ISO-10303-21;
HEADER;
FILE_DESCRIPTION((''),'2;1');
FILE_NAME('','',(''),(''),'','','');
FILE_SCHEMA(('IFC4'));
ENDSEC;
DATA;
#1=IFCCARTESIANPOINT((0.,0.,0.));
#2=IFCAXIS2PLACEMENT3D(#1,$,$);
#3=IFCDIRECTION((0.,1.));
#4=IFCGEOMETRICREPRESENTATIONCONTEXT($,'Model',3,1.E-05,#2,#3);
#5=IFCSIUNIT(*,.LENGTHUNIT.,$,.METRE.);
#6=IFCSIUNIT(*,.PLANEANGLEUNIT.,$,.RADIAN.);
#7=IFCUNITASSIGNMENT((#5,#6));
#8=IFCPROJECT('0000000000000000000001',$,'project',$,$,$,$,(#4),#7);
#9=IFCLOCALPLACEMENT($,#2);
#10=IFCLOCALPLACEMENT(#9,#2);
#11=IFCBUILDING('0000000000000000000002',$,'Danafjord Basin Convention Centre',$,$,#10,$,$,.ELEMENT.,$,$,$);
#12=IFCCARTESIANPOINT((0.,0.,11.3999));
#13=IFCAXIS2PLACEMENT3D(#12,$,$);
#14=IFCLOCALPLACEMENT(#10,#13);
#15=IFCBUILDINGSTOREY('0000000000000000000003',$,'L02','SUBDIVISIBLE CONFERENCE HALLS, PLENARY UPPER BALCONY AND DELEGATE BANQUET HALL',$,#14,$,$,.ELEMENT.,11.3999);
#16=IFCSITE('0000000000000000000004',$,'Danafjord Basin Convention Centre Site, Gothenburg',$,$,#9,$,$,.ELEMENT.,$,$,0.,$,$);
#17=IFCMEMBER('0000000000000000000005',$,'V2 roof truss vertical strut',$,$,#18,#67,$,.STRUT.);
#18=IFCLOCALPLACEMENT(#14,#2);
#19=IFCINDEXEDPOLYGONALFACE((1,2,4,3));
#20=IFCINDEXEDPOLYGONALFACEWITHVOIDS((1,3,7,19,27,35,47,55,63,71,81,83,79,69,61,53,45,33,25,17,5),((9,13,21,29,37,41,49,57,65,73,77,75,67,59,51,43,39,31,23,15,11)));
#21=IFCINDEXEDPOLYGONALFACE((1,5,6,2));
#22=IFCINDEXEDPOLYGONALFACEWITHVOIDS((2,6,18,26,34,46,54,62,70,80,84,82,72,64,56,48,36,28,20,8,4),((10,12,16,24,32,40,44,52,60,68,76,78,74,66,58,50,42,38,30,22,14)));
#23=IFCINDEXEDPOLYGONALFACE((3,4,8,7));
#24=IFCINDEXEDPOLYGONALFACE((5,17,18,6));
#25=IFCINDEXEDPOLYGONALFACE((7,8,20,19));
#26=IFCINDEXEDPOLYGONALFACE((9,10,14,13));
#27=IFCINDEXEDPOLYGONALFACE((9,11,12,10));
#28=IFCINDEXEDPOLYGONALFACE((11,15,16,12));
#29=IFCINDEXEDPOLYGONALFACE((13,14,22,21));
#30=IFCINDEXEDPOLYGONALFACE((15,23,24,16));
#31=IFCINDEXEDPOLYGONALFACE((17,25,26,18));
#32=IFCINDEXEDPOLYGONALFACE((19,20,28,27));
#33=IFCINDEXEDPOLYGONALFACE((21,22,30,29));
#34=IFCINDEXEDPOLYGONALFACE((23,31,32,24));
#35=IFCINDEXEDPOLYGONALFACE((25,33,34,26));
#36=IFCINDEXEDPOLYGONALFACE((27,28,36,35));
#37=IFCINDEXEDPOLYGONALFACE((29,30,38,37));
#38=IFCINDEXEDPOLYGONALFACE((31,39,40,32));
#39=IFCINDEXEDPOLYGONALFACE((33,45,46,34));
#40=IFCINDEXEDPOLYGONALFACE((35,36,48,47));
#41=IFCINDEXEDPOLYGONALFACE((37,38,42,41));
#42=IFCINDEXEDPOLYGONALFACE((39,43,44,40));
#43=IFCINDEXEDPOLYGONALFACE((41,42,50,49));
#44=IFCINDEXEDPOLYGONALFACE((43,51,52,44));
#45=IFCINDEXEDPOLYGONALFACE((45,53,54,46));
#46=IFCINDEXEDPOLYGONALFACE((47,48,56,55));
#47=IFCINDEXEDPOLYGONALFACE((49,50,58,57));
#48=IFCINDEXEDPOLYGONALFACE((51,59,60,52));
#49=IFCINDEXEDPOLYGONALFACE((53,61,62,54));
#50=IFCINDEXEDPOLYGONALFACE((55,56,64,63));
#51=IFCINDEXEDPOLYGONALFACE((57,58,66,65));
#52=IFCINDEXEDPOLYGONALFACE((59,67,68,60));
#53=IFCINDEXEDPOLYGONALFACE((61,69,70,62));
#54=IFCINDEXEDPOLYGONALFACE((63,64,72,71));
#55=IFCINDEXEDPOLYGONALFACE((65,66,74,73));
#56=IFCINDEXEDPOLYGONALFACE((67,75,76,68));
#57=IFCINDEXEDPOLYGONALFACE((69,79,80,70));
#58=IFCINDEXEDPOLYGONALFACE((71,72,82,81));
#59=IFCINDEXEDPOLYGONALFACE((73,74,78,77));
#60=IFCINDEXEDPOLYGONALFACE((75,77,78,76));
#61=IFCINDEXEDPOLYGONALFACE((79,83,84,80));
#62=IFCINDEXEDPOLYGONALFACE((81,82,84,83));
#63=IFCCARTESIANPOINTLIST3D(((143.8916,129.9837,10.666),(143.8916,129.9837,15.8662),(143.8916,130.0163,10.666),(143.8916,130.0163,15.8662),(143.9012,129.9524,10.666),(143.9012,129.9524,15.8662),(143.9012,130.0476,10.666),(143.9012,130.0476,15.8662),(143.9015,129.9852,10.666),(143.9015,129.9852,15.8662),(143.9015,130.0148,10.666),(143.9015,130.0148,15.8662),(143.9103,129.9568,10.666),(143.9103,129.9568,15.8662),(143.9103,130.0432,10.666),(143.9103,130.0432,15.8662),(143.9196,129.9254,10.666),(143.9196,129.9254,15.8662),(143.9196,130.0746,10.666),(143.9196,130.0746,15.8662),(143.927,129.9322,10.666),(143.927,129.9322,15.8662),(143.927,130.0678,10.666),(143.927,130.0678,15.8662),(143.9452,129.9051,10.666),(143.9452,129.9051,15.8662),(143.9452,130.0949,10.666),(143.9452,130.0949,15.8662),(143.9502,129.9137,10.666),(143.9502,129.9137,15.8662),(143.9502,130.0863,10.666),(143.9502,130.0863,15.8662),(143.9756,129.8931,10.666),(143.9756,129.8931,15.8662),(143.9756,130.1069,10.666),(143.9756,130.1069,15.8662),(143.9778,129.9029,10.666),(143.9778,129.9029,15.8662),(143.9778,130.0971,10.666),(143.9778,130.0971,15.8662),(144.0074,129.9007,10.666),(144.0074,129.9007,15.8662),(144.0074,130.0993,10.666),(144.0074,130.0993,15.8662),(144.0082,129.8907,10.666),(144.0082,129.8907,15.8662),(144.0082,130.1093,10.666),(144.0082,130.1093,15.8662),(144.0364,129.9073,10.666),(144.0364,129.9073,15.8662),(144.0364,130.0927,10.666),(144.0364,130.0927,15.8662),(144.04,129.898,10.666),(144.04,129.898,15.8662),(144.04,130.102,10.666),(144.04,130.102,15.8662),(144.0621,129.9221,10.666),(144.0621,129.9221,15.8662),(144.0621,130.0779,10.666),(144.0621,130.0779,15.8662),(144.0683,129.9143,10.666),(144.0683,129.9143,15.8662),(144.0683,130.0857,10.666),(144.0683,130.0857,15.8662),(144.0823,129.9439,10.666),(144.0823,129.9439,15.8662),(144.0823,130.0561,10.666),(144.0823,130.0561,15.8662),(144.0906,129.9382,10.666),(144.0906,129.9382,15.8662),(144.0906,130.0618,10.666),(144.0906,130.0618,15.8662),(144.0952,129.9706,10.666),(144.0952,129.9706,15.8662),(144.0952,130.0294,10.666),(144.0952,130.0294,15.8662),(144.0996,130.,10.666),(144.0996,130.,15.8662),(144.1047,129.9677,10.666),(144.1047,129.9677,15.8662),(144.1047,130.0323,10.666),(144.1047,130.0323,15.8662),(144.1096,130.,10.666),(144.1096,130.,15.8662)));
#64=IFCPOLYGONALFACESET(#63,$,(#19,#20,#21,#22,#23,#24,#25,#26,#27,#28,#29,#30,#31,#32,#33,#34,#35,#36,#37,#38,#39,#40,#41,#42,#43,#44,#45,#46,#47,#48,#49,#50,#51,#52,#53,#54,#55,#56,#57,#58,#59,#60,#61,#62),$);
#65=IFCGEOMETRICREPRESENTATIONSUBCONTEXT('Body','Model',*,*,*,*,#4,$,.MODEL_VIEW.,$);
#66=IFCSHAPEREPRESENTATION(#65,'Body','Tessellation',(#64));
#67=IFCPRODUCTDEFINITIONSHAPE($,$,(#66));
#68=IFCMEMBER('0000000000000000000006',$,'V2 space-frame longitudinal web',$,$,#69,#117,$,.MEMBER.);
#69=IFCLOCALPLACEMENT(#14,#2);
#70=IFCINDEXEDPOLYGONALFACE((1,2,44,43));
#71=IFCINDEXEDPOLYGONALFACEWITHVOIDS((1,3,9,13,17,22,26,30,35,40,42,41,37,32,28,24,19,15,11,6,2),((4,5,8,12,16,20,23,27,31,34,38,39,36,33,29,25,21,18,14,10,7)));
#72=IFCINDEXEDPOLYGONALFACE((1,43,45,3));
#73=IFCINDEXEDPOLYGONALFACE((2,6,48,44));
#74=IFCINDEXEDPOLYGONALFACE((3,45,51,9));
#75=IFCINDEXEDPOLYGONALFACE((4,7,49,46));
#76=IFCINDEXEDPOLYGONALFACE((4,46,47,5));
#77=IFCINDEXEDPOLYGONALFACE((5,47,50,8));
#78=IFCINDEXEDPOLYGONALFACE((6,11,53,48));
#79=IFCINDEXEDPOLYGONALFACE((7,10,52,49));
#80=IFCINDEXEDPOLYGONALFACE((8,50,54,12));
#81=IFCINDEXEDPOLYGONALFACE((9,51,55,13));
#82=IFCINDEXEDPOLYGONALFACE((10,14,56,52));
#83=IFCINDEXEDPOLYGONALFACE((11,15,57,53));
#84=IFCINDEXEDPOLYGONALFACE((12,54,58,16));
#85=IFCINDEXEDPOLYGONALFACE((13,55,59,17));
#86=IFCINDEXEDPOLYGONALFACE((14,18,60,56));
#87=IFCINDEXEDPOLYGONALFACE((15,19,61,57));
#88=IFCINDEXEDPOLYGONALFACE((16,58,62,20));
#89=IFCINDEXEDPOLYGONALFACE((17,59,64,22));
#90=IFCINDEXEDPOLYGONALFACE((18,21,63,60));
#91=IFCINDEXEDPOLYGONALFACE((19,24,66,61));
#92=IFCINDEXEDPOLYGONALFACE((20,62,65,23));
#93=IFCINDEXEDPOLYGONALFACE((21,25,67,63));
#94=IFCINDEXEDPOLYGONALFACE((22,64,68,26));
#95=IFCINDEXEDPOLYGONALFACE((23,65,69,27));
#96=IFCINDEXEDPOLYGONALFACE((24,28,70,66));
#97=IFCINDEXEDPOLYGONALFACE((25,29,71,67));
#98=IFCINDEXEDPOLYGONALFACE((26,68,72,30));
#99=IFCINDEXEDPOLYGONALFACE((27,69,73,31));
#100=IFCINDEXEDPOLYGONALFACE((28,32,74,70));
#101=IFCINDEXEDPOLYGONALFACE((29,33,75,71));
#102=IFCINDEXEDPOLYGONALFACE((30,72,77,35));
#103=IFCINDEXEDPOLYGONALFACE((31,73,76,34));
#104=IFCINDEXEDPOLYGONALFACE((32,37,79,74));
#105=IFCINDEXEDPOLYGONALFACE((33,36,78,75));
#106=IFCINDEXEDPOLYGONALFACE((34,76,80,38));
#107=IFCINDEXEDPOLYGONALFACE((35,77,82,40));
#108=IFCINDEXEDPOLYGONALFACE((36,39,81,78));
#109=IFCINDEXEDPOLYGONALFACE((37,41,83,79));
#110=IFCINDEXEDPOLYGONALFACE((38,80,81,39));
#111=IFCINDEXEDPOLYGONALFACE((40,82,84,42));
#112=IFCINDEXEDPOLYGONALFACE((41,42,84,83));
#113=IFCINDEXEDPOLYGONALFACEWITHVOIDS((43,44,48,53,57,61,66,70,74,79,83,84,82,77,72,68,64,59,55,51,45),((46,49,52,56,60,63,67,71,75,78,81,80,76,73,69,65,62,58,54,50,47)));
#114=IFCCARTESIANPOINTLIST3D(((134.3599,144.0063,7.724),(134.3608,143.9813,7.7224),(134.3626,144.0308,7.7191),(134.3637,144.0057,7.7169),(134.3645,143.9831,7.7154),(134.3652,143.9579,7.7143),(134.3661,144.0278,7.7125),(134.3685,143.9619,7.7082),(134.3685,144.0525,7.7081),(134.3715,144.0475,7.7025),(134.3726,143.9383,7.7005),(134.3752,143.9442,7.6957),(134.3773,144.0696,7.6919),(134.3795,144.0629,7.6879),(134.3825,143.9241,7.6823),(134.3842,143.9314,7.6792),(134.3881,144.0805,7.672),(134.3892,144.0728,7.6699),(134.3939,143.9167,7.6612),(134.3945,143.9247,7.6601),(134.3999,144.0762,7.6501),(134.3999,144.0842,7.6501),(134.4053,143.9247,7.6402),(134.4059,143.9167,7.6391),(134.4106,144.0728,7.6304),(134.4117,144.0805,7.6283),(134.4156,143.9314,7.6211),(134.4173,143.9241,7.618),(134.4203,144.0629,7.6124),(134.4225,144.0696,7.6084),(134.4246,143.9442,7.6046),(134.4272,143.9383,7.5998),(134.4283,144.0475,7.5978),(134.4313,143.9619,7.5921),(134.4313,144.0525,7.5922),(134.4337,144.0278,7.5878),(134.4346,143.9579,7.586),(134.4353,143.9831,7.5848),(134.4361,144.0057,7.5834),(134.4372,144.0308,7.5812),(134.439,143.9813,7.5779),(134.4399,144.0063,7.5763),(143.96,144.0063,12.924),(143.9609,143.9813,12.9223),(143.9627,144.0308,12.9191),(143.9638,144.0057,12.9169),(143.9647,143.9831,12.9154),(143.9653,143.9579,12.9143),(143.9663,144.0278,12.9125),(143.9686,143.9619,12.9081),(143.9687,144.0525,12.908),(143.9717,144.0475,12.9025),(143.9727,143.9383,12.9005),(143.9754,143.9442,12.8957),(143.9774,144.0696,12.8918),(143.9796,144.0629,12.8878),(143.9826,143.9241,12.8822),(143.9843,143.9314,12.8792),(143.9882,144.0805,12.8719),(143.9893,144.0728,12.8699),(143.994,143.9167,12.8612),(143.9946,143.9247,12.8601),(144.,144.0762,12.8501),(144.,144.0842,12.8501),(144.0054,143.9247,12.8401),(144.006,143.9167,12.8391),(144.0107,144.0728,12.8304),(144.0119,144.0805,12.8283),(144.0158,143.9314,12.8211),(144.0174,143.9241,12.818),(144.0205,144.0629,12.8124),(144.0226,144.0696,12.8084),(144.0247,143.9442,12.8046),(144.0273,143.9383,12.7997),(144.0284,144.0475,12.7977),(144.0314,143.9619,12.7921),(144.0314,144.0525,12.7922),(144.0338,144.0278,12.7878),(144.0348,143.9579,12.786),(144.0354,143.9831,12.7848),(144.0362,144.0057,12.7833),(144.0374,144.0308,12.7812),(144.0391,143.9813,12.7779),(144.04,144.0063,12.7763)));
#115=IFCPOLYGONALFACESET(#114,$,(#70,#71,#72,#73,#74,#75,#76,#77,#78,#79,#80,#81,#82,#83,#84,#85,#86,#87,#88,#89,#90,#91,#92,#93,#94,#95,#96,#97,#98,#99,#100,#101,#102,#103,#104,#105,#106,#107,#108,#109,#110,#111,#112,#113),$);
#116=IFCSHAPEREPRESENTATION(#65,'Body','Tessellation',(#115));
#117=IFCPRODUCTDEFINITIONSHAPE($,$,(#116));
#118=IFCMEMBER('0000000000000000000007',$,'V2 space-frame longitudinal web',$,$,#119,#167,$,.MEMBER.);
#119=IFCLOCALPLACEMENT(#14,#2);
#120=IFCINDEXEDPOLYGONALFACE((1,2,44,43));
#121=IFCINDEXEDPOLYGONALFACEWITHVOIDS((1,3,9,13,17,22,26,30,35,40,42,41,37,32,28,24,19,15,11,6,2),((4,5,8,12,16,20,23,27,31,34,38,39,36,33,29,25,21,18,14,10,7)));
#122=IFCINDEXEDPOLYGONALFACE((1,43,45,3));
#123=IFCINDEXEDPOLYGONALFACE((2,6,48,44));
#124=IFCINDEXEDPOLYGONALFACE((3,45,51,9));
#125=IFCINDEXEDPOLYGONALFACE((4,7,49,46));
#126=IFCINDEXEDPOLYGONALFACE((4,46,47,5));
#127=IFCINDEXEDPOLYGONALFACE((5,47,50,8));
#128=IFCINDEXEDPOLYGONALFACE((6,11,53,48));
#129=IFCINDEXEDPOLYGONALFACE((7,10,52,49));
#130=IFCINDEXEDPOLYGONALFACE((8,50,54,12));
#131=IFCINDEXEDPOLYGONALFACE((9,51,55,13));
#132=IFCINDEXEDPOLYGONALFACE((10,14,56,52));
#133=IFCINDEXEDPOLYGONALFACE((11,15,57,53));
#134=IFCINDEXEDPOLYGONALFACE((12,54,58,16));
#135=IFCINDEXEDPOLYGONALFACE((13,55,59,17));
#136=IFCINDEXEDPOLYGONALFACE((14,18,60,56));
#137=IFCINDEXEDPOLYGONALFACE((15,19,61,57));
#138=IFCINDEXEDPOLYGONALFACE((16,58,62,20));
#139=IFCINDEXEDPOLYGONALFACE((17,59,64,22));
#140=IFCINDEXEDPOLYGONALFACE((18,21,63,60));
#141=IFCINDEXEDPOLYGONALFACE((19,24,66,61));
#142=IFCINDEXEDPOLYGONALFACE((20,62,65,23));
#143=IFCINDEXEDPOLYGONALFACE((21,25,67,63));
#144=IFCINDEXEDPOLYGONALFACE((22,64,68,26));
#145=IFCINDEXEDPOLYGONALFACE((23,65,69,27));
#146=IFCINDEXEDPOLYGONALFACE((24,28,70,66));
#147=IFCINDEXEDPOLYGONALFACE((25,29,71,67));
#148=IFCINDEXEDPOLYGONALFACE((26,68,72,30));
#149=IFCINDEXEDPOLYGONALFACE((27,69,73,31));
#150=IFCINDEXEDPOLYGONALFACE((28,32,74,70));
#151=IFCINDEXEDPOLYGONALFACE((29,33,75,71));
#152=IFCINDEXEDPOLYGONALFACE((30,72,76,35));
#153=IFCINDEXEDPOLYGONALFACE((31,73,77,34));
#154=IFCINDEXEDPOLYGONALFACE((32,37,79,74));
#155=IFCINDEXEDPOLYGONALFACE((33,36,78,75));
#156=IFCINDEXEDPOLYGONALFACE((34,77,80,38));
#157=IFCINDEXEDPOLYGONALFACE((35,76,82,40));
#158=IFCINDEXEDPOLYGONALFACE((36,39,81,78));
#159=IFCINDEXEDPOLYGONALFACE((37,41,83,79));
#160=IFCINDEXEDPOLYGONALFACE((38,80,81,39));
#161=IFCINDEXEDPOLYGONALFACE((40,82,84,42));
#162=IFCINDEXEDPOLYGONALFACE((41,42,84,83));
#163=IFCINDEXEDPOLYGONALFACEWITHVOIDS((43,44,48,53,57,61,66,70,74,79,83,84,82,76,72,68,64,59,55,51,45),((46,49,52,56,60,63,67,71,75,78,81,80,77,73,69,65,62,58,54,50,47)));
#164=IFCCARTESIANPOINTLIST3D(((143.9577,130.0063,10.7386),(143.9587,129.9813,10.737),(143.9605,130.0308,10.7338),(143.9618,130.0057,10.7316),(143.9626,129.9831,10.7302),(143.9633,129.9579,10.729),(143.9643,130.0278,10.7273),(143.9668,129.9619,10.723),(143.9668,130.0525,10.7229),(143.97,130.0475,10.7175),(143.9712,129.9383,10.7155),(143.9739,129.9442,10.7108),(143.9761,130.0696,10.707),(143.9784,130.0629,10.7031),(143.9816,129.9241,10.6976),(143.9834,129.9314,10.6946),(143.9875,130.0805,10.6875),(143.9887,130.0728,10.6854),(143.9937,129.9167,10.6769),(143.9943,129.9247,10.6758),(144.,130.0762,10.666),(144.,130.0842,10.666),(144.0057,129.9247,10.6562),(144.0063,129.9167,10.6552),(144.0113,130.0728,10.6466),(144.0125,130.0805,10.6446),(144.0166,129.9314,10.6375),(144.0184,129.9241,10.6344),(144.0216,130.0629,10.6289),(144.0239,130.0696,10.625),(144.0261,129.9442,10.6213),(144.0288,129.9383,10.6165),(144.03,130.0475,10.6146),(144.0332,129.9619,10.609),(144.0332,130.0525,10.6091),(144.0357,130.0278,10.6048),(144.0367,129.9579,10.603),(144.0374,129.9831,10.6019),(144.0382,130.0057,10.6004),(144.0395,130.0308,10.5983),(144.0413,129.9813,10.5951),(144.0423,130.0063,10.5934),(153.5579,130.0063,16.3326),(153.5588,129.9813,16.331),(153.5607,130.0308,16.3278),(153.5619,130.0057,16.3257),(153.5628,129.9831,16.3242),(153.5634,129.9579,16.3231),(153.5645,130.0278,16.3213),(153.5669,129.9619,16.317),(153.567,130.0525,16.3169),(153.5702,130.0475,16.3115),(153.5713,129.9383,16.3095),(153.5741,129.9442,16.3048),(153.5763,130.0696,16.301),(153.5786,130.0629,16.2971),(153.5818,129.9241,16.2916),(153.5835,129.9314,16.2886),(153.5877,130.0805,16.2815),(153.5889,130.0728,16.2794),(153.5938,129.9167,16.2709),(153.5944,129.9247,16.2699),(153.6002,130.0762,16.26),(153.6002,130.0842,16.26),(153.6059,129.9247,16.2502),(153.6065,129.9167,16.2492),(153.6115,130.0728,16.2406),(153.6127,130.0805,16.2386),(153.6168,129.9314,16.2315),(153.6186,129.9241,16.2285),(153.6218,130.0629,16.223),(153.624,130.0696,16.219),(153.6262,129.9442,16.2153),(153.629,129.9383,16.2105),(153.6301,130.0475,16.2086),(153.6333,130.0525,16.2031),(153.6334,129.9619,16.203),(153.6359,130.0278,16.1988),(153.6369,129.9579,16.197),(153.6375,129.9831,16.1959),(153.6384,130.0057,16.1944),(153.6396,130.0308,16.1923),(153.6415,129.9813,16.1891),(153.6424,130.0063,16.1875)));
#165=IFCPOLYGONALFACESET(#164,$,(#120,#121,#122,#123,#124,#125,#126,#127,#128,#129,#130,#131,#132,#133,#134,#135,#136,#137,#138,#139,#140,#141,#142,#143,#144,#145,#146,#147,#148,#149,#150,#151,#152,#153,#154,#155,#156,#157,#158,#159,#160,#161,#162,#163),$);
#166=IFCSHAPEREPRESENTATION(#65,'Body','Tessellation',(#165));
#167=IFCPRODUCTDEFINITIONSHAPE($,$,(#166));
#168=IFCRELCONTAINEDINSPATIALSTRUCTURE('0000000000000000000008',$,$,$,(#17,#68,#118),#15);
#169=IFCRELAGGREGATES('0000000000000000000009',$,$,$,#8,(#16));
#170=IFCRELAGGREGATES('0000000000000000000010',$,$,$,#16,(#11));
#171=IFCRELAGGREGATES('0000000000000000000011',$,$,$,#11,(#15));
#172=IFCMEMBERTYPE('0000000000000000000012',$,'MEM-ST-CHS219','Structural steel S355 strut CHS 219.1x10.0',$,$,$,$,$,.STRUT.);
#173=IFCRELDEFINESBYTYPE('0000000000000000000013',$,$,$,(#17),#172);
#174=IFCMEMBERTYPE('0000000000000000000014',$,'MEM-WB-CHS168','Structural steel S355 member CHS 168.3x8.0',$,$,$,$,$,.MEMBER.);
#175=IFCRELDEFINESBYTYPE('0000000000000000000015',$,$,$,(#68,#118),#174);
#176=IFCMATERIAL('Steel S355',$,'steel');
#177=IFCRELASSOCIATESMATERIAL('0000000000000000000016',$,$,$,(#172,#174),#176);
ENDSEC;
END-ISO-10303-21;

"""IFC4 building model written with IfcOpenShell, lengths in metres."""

from ifc_helpers import new_model, si_unit, direction, frame, origin, origin_2d, place, context, subcontext, project, spatial, hollow_circle, extrude, material, material_profile, profile_set, type_object, element, save


model = new_model("IFC4")

# Units and contexts
model_context = context("Model", 3, precision=1e-05, world=origin(), true_north=direction((0.0, 1.0)))
body_context = subcontext(model_context, "Body", "Model", "MODEL_VIEW")
ifc_project = project(units=[si_unit("LENGTHUNIT", "METRE"), si_unit("PLANEANGLEUNIT", "RADIAN")], contexts=[model_context])

# Site, building, storey
site_placement = place(None, origin())
site = spatial("IfcSite", under=ifc_project, at=site_placement, Name="Danafjord Basin Convention Centre Site, Gothenburg", CompositionType="ELEMENT", RefElevation=0.0)
building_placement = place(site_placement, origin())
building = spatial("IfcBuilding", under=site, at=building_placement, Name="Danafjord Basin Convention Centre", CompositionType="ELEMENT")
storey_placement = place(building_placement, frame((0.0, 0.0, 11.3999)))
storey = spatial("IfcBuildingStorey", under=building, at=storey_placement, Name="L02", Description="SUBDIVISIBLE CONFERENCE HALLS, PLENARY UPPER BALCONY AND DELEGATE BANQUET HALL", CompositionType="ELEMENT", Elevation=11.3999)

# Shared definitions
ifc_material_1 = material(Name="Steel S355", Category="steel")

# Members
ifc_material_profile_1 = material_profile(ifc_material_1, hollow_circle(Radius=0.1096, WallThickness=0.01, at=origin_2d()), Name="CHS 219.1x10.0")
ifc_profile_set_1 = profile_set([ifc_material_profile_1], Name="Steel S355")
member_type_1 = type_object("IfcMemberType", Name="MEM-ST-CHS219", Description="Structural steel S355 strut CHS 219.1x10.0", PredefinedType="STRUT", material=ifc_profile_set_1)
member_1_placement = place(storey_placement, frame((144.0, 130.0, 10.666), z_axis=(0.0, 0.0, 1.0), x_axis=(1.0, 0.0, 0.0)))
element("IfcMember", 1, at=member_1_placement, inside=storey, type_object=member_type_1, Name="V2 roof truss vertical strut", PredefinedType="STRUT", context=body_context, shape_type="SweptSolid", body=[
    extrude(hollow_circle(Radius=0.1096, WallThickness=0.01, at=origin_2d()), origin(), (0.0, 0.0, 1.0), 5.2002),
])
ifc_material_profile_2 = material_profile(ifc_material_1, hollow_circle(Radius=0.0842, WallThickness=0.0081, at=origin_2d()), Name="CHS 168.3x8.0")
ifc_profile_set_2 = profile_set([ifc_material_profile_2], Name="Steel S355")
member_type_2 = type_object("IfcMemberType", Name="MEM-WB-CHS168", Description="Structural steel S355 member CHS 168.3x8.0", PredefinedType="MEMBER", material=ifc_profile_set_2)
member_2_placement = place(storey_placement, frame((134.3999, 144.0, 7.6501), z_axis=(0.879296, 0.0, 0.476276), x_axis=(0.0, 1.0, 0.0)))
element("IfcMember", 2, at=member_2_placement, inside=storey, type_object=member_type_2, Name="V2 space-frame longitudinal web", PredefinedType="MEMBER", context=body_context, shape_type="SweptSolid", body=[
    extrude(hollow_circle(Radius=0.0842, WallThickness=0.0081, at=origin_2d()), origin(), (0.0, 0.0, 1.0), 10.918),
])
member_3_placement = place(storey_placement, frame((144.0, 130.0, 10.666), z_axis=(0.864016, 0.0, 0.503464), x_axis=(0.0, 1.0, 0.0)))
element("IfcMember", 3, at=member_3_placement, inside=storey, type_object=member_type_2, Name="V2 space-frame longitudinal web", PredefinedType="MEMBER", context=body_context, shape_type="SweptSolid", body=[
    extrude(hollow_circle(Radius=0.0842, WallThickness=0.0081, at=origin_2d()), origin(), (0.0, 0.0, 1.0), 11.1111),
])

save(model, "model.ifc")
